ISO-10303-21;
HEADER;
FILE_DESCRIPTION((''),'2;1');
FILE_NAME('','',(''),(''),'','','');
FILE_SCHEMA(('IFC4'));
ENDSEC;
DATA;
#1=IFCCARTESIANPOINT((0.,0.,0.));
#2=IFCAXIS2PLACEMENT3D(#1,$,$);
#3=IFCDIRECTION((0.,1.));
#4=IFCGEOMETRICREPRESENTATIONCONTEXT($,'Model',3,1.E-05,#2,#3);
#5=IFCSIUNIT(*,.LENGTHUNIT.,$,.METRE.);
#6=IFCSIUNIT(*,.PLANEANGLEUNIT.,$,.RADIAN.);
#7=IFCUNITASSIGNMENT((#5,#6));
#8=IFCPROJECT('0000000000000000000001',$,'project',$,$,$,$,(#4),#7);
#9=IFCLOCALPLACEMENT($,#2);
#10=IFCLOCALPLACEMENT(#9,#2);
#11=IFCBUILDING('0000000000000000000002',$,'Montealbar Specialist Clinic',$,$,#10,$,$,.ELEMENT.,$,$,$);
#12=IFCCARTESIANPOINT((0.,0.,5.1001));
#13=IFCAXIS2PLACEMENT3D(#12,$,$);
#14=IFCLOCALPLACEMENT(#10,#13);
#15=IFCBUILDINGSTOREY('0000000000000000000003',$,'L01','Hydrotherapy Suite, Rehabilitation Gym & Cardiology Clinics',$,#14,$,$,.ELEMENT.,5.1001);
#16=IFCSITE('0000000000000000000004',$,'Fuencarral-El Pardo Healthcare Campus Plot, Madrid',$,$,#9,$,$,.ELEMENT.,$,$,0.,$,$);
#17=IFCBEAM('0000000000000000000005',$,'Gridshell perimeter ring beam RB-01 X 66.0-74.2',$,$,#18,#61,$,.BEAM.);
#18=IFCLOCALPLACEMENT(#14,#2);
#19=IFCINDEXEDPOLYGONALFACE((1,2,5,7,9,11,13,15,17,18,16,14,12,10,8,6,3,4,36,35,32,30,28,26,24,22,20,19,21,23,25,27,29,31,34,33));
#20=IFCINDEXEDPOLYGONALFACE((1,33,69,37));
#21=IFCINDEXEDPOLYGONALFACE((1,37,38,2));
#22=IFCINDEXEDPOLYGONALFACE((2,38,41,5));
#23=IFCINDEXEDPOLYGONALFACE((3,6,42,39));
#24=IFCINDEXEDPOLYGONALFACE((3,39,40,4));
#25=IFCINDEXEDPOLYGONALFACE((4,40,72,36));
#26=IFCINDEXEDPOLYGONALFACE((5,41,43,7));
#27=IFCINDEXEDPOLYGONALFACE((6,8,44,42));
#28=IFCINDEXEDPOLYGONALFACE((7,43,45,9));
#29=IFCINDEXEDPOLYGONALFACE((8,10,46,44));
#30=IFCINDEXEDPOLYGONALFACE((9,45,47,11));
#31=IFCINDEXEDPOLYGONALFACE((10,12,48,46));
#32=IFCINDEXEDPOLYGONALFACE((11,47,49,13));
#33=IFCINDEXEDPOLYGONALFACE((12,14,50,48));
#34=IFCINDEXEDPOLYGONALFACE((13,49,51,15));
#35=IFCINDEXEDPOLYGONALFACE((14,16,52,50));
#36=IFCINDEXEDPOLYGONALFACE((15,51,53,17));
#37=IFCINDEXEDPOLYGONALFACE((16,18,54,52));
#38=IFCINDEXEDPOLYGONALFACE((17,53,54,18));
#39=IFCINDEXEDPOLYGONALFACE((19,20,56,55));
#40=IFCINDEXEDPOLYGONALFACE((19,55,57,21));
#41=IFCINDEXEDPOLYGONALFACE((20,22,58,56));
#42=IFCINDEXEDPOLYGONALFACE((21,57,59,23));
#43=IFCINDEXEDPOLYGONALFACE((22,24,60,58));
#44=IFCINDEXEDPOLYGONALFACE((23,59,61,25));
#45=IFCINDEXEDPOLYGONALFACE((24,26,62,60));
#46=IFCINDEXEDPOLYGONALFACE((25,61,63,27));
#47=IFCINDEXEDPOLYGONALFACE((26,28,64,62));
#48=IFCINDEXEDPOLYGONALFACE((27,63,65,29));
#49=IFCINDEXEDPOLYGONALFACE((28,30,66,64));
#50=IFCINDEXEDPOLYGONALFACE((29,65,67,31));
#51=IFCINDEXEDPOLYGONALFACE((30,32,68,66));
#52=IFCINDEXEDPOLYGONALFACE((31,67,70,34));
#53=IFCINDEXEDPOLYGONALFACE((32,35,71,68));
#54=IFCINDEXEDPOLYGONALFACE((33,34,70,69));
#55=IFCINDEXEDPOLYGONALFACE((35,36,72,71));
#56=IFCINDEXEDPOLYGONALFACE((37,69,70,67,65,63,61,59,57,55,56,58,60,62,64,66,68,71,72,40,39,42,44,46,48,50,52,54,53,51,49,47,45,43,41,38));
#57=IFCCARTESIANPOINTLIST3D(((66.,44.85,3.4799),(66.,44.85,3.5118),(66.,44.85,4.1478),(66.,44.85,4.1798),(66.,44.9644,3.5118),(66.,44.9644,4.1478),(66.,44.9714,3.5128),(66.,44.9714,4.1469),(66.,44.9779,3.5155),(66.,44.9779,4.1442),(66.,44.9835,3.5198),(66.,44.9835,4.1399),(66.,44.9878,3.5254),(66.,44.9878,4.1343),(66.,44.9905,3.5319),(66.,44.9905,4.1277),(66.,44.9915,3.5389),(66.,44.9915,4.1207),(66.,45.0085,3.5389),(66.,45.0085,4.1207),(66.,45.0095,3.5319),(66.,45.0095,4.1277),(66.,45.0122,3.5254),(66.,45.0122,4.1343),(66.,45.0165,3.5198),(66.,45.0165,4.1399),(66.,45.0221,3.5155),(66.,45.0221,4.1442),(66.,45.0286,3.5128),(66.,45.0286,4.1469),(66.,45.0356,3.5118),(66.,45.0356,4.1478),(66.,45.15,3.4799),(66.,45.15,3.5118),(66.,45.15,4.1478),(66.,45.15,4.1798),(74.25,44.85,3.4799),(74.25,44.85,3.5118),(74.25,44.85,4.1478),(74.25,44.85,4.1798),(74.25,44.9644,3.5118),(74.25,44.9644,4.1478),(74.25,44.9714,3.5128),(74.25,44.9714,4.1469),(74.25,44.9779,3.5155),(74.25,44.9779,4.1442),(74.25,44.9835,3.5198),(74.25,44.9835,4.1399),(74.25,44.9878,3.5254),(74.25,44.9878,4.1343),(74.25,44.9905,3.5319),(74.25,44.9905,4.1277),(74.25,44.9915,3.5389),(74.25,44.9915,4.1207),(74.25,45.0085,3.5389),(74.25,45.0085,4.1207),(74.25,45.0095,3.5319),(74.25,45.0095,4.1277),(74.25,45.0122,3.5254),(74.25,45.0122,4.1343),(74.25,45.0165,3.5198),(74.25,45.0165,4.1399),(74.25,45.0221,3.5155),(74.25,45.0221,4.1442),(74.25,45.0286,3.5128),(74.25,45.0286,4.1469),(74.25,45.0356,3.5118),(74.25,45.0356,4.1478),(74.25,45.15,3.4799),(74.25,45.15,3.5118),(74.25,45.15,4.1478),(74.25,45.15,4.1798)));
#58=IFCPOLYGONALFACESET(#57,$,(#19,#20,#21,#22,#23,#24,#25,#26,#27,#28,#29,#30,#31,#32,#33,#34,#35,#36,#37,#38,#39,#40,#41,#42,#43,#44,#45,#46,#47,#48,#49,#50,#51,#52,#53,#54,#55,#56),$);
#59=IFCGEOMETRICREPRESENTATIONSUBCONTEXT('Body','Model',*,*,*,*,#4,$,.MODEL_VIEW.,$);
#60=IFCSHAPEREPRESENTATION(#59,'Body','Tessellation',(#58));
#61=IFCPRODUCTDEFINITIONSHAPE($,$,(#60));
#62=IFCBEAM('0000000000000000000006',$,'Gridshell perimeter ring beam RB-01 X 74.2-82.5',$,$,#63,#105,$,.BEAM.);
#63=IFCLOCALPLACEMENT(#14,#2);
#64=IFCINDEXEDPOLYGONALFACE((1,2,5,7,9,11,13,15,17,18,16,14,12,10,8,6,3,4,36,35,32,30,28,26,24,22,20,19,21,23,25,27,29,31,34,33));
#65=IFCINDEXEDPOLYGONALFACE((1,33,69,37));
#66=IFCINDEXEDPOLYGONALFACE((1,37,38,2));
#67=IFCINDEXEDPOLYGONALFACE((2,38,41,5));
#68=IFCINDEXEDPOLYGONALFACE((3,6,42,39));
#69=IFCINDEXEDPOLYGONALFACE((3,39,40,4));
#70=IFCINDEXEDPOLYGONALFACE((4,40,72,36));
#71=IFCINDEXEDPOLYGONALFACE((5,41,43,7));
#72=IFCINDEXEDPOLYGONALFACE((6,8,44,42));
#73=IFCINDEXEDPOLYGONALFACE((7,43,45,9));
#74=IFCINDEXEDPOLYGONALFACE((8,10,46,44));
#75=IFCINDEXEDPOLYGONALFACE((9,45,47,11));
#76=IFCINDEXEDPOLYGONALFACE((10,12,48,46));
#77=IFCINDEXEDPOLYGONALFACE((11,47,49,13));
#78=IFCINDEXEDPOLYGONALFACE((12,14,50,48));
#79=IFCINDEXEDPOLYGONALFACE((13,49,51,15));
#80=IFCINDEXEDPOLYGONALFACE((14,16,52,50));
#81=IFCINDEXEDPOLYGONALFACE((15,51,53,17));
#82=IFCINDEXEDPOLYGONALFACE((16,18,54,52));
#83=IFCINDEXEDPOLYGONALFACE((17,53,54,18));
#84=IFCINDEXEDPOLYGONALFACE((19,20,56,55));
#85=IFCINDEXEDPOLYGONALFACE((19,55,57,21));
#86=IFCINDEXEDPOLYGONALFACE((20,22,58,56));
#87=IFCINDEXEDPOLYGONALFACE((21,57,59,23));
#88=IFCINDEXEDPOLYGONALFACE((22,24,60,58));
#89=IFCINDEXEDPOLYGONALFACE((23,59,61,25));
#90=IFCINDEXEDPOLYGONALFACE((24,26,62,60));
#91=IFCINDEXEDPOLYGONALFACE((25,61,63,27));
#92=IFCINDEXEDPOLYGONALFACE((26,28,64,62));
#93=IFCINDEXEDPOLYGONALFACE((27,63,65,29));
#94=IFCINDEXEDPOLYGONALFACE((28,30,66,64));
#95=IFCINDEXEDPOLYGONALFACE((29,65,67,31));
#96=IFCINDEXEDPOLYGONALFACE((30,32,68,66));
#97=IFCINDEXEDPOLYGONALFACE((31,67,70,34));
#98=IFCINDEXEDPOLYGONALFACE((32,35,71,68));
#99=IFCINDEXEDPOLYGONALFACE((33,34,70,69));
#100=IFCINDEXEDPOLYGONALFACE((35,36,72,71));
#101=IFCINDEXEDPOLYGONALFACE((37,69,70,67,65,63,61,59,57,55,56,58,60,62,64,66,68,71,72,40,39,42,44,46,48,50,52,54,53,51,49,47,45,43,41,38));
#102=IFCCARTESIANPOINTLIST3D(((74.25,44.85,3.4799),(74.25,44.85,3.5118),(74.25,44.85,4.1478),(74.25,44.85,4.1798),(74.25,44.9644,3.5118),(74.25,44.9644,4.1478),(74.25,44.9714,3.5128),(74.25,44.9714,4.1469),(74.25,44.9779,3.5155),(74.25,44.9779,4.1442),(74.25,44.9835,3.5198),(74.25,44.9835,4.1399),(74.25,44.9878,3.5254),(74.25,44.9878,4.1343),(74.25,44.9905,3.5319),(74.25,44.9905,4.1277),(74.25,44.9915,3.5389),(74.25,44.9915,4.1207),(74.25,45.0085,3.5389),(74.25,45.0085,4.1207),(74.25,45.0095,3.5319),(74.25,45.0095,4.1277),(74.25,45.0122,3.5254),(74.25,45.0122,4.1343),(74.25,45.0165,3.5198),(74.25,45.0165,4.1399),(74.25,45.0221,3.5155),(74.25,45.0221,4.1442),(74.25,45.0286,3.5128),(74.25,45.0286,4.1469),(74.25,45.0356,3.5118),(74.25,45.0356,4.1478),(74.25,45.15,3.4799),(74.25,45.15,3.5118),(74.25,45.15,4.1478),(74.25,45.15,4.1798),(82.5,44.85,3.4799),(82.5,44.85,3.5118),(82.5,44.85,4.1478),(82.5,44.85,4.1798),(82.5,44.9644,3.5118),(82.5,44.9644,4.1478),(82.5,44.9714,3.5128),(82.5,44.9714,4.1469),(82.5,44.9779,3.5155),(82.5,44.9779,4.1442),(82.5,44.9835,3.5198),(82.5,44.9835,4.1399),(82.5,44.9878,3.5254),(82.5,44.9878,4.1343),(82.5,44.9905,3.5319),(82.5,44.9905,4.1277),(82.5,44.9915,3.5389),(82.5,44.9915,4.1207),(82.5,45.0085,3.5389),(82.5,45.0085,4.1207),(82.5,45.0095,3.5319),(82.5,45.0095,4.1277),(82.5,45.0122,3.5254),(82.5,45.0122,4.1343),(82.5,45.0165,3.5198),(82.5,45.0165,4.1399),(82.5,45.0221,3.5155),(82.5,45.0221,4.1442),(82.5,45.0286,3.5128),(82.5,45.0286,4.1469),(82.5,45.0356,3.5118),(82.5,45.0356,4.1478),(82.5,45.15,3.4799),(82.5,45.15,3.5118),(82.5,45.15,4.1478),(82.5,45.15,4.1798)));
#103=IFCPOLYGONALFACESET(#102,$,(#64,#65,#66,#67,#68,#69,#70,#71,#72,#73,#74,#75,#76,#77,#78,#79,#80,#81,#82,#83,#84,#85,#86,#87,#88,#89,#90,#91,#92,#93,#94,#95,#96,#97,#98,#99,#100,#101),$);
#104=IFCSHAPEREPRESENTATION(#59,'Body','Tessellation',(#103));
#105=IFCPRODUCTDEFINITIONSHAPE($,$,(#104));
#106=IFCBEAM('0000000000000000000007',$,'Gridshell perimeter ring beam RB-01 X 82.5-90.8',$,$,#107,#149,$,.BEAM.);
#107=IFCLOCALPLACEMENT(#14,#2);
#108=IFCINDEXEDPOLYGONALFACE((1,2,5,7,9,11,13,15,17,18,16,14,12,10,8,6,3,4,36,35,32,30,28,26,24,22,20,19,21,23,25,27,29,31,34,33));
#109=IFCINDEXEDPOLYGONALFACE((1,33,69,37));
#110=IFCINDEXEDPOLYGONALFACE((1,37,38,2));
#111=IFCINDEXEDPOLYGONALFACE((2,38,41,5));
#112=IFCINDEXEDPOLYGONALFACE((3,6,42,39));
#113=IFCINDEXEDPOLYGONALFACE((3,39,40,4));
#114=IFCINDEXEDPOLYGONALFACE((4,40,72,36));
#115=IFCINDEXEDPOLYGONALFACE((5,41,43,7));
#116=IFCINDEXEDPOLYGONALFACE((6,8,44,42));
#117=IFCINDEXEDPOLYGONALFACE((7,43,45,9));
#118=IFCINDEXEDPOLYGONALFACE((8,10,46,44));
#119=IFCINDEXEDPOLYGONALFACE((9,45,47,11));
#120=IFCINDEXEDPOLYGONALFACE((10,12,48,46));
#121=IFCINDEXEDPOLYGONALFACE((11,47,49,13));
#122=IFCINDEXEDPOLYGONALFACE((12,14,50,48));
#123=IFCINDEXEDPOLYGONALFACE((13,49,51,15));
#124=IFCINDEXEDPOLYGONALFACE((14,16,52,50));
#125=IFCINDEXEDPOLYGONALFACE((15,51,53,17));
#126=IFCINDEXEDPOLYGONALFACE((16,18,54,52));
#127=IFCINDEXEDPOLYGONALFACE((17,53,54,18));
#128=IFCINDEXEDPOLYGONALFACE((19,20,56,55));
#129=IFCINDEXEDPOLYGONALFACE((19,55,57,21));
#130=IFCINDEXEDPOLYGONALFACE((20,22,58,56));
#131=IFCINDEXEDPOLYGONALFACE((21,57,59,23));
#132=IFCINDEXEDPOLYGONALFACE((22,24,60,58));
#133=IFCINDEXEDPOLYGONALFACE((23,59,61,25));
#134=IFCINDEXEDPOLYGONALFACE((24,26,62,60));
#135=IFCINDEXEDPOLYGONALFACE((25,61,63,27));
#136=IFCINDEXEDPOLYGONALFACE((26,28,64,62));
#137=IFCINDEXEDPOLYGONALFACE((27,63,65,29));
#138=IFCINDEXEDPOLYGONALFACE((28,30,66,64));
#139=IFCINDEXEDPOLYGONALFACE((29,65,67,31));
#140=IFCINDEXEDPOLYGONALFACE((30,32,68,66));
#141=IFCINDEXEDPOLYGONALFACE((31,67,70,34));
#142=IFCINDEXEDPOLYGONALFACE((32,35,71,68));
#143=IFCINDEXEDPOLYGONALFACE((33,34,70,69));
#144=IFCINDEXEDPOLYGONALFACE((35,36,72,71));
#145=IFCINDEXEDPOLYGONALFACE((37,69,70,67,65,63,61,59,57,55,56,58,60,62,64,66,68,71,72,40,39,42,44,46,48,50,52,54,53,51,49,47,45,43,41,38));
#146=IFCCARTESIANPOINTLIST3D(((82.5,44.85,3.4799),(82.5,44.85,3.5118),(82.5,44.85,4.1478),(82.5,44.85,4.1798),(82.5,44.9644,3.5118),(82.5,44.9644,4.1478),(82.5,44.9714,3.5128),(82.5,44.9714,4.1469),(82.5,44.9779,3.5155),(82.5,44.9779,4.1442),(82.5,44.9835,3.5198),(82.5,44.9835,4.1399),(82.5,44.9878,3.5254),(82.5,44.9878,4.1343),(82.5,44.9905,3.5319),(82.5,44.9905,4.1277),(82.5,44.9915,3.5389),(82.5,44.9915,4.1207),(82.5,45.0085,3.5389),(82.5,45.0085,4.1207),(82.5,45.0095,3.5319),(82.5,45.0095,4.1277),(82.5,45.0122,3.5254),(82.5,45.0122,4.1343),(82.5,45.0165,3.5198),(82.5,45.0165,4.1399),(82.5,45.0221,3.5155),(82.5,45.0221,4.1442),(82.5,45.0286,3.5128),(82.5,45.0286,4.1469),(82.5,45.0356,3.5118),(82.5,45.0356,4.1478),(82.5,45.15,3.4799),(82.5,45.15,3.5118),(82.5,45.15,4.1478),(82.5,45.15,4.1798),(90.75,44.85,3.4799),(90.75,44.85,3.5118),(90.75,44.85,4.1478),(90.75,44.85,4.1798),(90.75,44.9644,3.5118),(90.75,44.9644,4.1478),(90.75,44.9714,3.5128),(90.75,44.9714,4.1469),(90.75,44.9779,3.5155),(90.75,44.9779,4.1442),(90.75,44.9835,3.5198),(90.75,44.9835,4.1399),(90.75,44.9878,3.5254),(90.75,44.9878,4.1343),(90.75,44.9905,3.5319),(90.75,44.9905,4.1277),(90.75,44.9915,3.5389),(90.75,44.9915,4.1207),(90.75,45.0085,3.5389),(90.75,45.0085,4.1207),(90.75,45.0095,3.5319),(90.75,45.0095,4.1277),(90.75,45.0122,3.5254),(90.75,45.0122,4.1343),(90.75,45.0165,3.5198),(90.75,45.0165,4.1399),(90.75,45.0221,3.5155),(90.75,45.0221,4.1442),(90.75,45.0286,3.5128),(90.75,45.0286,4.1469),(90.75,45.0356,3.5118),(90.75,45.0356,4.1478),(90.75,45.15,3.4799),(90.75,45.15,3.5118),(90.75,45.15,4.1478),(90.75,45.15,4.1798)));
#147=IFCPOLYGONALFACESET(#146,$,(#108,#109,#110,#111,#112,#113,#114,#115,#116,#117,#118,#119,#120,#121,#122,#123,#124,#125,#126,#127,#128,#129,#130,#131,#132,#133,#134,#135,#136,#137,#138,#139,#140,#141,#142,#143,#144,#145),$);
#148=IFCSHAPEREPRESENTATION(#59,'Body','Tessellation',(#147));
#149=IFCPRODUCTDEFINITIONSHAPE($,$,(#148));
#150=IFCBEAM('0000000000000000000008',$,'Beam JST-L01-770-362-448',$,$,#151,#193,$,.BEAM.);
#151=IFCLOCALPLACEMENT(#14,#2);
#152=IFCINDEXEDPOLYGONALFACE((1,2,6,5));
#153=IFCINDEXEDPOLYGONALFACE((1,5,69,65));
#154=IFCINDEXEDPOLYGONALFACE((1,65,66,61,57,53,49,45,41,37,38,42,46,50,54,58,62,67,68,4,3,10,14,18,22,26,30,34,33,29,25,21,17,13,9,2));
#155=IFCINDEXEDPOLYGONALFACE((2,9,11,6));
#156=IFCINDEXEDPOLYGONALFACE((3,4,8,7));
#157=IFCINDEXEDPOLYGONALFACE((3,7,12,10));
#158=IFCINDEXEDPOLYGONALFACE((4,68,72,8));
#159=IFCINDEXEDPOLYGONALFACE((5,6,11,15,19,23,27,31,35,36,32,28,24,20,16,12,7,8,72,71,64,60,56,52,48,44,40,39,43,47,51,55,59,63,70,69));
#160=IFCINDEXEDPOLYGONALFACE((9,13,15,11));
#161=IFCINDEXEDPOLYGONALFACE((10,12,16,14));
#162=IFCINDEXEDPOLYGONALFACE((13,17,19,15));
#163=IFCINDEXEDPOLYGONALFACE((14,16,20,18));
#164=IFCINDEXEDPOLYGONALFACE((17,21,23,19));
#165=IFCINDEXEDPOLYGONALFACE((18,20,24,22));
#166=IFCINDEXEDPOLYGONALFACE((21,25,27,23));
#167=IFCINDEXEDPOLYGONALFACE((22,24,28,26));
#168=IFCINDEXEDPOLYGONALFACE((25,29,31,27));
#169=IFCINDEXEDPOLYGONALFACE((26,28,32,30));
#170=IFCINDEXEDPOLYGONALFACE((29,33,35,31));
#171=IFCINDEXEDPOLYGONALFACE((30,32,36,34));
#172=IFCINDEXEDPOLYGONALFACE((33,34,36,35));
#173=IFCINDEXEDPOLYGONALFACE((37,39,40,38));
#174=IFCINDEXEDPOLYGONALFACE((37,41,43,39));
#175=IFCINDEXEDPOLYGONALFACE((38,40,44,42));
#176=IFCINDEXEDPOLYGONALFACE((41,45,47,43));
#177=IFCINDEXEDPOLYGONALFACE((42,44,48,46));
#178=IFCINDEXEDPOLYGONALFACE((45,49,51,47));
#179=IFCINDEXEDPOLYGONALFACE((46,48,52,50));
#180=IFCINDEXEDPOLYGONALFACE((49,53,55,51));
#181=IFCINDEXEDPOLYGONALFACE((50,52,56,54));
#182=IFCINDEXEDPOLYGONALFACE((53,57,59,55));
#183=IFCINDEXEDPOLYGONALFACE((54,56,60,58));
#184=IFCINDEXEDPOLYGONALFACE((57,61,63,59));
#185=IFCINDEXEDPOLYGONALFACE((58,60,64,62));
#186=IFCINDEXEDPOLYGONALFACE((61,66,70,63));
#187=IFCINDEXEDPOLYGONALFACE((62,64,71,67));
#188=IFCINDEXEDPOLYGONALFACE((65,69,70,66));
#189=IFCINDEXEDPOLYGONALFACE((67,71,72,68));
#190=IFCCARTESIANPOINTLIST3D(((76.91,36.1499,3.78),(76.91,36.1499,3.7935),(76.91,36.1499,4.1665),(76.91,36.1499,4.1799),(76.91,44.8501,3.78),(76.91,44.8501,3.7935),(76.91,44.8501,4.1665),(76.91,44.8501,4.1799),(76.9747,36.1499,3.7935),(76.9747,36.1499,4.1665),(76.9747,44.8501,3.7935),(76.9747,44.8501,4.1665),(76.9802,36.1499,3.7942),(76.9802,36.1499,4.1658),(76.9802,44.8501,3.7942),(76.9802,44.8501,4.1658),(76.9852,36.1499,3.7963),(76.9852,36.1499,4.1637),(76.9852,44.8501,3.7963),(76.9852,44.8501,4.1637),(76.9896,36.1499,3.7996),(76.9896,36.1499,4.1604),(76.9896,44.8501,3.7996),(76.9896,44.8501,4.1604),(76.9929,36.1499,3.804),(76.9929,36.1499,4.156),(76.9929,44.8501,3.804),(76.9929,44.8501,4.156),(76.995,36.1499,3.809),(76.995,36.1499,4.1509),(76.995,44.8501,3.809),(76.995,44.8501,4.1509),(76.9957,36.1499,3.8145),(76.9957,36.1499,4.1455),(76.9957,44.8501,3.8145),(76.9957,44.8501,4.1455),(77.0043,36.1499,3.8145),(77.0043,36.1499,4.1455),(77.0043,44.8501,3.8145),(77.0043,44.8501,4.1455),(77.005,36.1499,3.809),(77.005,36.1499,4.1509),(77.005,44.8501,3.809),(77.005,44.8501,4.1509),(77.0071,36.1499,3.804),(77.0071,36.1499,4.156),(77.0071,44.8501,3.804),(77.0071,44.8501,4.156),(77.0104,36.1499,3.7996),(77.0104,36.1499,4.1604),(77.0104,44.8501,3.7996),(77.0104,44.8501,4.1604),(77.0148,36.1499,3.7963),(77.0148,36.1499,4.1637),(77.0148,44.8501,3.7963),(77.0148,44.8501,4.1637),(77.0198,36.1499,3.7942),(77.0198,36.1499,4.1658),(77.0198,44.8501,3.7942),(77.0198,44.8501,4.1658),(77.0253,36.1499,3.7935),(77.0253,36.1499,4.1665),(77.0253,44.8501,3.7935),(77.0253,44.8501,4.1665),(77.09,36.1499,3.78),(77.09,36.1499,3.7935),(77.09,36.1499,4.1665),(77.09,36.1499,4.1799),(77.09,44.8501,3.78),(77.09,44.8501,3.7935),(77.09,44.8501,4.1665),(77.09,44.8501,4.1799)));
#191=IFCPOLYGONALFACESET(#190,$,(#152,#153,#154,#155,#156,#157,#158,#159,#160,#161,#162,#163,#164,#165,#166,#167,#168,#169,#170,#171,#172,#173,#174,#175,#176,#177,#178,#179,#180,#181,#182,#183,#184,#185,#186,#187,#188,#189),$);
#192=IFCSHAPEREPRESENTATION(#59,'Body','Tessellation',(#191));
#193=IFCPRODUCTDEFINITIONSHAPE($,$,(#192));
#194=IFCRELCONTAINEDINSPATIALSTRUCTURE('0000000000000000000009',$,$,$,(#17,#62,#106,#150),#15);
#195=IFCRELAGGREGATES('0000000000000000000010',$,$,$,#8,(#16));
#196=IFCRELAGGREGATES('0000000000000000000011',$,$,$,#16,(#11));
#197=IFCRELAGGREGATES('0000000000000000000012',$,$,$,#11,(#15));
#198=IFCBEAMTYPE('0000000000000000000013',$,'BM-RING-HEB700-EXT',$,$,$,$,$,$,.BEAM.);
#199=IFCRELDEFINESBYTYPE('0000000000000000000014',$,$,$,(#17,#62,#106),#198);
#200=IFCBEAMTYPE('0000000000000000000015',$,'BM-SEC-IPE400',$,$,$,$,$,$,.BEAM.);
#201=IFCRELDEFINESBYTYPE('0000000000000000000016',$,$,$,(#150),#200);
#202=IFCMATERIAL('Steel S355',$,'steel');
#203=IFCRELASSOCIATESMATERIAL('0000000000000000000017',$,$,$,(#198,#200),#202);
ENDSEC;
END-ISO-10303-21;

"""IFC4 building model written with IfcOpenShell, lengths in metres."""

from ifc_helpers import new_model, si_unit, direction, frame, origin, origin_2d, place, context, subcontext, project, spatial, i_section, extrude, material, material_profile, profile_set, type_object, element, save


model = new_model("IFC4")

# Units and contexts
model_context = context("Model", 3, precision=1e-05, world=origin(), true_north=direction((0.0, 1.0)))
body_context = subcontext(model_context, "Body", "Model", "MODEL_VIEW")
ifc_project = project(units=[si_unit("LENGTHUNIT", "METRE"), si_unit("PLANEANGLEUNIT", "RADIAN")], contexts=[model_context])

# Site, building, storey
site_placement = place(None, origin())
site = spatial("IfcSite", under=ifc_project, at=site_placement, Name="Fuencarral-El Pardo Healthcare Campus Plot, Madrid", CompositionType="ELEMENT", RefElevation=0.0)
building_placement = place(site_placement, origin())
building = spatial("IfcBuilding", under=site, at=building_placement, Name="Montealbar Specialist Clinic", CompositionType="ELEMENT")
storey_placement = place(building_placement, frame((0.0, 0.0, 5.1001)))
storey = spatial("IfcBuildingStorey", under=building, at=storey_placement, Name="L01", Description="Hydrotherapy Suite, Rehabilitation Gym & Cardiology Clinics", CompositionType="ELEMENT", Elevation=5.1001)

# Shared definitions
ifc_material_1 = material(Name="Steel S355", Category="steel")

# Beams
ifc_material_profile_1 = material_profile(ifc_material_1, i_section(OverallWidth=0.3, OverallDepth=0.7, WebThickness=0.0171, FlangeThickness=0.032, FilletRadius=0.0271, at=origin_2d()), Name="HEB 700", Category="steel")
ifc_profile_set_1 = profile_set([ifc_material_profile_1], Name="Steel S355")
beam_type_1 = type_object("IfcBeamType", Name="BM-RING-HEB700-EXT", PredefinedType="BEAM", material=ifc_profile_set_1)
for number, where, z_axis, x_axis, name in (
    (1, (66.0, 45.0, 3.8298), (1.0, 0.0, 0.0), (0.0, 1.0, 0.0), "Gridshell perimeter ring beam RB-01 X 66.0-74.2"),
    (2, (74.25, 45.0, 3.8298), (1.0, 0.0, 0.0), (0.0, 1.0, 0.0), "Gridshell perimeter ring beam RB-01 X 74.2-82.5"),
    (3, (82.5, 45.0, 3.8298), (1.0, 0.0, 0.0), (0.0, 1.0, 0.0), "Gridshell perimeter ring beam RB-01 X 82.5-90.8"),
):
    element("IfcBeam", number, at=place(storey_placement, frame(where, z_axis=z_axis, x_axis=x_axis)), inside=storey, type_object=beam_type_1, Name=name, PredefinedType="BEAM", context=body_context, shape_type="SweptSolid", body=[
        extrude(i_section(OverallWidth=0.3, OverallDepth=0.7, WebThickness=0.0171, FlangeThickness=0.032, FilletRadius=0.0271, at=origin_2d()), origin(), (0.0, 0.0, 1.0), 8.25),
    ])
ifc_material_profile_2 = material_profile(ifc_material_1, i_section(OverallWidth=0.1799, OverallDepth=0.3999, WebThickness=0.0085, FlangeThickness=0.0134, FilletRadius=0.021, at=origin_2d()), Name="IPE 400", Category="steel")
ifc_profile_set_2 = profile_set([ifc_material_profile_2], Name="Steel S355")
beam_type_2 = type_object("IfcBeamType", Name="BM-SEC-IPE400", PredefinedType="BEAM", material=ifc_profile_set_2)
beam_1_placement = place(storey_placement, frame((77.0, 36.1499, 3.98), z_axis=(0.0, 1.0, 0.0), x_axis=(-1.0, 0.0, 0.0)))
element("IfcBeam", 4, at=beam_1_placement, inside=storey, type_object=beam_type_2, Name="Beam JST-L01-770-362-448", PredefinedType="BEAM", context=body_context, shape_type="SweptSolid", body=[
    extrude(i_section(OverallWidth=0.1799, OverallDepth=0.3999, WebThickness=0.0085, FlangeThickness=0.0134, FilletRadius=0.021, at=origin_2d()), origin(), (0.0, 0.0, 1.0), 8.7002),
])

save(model, "model.ifc")
